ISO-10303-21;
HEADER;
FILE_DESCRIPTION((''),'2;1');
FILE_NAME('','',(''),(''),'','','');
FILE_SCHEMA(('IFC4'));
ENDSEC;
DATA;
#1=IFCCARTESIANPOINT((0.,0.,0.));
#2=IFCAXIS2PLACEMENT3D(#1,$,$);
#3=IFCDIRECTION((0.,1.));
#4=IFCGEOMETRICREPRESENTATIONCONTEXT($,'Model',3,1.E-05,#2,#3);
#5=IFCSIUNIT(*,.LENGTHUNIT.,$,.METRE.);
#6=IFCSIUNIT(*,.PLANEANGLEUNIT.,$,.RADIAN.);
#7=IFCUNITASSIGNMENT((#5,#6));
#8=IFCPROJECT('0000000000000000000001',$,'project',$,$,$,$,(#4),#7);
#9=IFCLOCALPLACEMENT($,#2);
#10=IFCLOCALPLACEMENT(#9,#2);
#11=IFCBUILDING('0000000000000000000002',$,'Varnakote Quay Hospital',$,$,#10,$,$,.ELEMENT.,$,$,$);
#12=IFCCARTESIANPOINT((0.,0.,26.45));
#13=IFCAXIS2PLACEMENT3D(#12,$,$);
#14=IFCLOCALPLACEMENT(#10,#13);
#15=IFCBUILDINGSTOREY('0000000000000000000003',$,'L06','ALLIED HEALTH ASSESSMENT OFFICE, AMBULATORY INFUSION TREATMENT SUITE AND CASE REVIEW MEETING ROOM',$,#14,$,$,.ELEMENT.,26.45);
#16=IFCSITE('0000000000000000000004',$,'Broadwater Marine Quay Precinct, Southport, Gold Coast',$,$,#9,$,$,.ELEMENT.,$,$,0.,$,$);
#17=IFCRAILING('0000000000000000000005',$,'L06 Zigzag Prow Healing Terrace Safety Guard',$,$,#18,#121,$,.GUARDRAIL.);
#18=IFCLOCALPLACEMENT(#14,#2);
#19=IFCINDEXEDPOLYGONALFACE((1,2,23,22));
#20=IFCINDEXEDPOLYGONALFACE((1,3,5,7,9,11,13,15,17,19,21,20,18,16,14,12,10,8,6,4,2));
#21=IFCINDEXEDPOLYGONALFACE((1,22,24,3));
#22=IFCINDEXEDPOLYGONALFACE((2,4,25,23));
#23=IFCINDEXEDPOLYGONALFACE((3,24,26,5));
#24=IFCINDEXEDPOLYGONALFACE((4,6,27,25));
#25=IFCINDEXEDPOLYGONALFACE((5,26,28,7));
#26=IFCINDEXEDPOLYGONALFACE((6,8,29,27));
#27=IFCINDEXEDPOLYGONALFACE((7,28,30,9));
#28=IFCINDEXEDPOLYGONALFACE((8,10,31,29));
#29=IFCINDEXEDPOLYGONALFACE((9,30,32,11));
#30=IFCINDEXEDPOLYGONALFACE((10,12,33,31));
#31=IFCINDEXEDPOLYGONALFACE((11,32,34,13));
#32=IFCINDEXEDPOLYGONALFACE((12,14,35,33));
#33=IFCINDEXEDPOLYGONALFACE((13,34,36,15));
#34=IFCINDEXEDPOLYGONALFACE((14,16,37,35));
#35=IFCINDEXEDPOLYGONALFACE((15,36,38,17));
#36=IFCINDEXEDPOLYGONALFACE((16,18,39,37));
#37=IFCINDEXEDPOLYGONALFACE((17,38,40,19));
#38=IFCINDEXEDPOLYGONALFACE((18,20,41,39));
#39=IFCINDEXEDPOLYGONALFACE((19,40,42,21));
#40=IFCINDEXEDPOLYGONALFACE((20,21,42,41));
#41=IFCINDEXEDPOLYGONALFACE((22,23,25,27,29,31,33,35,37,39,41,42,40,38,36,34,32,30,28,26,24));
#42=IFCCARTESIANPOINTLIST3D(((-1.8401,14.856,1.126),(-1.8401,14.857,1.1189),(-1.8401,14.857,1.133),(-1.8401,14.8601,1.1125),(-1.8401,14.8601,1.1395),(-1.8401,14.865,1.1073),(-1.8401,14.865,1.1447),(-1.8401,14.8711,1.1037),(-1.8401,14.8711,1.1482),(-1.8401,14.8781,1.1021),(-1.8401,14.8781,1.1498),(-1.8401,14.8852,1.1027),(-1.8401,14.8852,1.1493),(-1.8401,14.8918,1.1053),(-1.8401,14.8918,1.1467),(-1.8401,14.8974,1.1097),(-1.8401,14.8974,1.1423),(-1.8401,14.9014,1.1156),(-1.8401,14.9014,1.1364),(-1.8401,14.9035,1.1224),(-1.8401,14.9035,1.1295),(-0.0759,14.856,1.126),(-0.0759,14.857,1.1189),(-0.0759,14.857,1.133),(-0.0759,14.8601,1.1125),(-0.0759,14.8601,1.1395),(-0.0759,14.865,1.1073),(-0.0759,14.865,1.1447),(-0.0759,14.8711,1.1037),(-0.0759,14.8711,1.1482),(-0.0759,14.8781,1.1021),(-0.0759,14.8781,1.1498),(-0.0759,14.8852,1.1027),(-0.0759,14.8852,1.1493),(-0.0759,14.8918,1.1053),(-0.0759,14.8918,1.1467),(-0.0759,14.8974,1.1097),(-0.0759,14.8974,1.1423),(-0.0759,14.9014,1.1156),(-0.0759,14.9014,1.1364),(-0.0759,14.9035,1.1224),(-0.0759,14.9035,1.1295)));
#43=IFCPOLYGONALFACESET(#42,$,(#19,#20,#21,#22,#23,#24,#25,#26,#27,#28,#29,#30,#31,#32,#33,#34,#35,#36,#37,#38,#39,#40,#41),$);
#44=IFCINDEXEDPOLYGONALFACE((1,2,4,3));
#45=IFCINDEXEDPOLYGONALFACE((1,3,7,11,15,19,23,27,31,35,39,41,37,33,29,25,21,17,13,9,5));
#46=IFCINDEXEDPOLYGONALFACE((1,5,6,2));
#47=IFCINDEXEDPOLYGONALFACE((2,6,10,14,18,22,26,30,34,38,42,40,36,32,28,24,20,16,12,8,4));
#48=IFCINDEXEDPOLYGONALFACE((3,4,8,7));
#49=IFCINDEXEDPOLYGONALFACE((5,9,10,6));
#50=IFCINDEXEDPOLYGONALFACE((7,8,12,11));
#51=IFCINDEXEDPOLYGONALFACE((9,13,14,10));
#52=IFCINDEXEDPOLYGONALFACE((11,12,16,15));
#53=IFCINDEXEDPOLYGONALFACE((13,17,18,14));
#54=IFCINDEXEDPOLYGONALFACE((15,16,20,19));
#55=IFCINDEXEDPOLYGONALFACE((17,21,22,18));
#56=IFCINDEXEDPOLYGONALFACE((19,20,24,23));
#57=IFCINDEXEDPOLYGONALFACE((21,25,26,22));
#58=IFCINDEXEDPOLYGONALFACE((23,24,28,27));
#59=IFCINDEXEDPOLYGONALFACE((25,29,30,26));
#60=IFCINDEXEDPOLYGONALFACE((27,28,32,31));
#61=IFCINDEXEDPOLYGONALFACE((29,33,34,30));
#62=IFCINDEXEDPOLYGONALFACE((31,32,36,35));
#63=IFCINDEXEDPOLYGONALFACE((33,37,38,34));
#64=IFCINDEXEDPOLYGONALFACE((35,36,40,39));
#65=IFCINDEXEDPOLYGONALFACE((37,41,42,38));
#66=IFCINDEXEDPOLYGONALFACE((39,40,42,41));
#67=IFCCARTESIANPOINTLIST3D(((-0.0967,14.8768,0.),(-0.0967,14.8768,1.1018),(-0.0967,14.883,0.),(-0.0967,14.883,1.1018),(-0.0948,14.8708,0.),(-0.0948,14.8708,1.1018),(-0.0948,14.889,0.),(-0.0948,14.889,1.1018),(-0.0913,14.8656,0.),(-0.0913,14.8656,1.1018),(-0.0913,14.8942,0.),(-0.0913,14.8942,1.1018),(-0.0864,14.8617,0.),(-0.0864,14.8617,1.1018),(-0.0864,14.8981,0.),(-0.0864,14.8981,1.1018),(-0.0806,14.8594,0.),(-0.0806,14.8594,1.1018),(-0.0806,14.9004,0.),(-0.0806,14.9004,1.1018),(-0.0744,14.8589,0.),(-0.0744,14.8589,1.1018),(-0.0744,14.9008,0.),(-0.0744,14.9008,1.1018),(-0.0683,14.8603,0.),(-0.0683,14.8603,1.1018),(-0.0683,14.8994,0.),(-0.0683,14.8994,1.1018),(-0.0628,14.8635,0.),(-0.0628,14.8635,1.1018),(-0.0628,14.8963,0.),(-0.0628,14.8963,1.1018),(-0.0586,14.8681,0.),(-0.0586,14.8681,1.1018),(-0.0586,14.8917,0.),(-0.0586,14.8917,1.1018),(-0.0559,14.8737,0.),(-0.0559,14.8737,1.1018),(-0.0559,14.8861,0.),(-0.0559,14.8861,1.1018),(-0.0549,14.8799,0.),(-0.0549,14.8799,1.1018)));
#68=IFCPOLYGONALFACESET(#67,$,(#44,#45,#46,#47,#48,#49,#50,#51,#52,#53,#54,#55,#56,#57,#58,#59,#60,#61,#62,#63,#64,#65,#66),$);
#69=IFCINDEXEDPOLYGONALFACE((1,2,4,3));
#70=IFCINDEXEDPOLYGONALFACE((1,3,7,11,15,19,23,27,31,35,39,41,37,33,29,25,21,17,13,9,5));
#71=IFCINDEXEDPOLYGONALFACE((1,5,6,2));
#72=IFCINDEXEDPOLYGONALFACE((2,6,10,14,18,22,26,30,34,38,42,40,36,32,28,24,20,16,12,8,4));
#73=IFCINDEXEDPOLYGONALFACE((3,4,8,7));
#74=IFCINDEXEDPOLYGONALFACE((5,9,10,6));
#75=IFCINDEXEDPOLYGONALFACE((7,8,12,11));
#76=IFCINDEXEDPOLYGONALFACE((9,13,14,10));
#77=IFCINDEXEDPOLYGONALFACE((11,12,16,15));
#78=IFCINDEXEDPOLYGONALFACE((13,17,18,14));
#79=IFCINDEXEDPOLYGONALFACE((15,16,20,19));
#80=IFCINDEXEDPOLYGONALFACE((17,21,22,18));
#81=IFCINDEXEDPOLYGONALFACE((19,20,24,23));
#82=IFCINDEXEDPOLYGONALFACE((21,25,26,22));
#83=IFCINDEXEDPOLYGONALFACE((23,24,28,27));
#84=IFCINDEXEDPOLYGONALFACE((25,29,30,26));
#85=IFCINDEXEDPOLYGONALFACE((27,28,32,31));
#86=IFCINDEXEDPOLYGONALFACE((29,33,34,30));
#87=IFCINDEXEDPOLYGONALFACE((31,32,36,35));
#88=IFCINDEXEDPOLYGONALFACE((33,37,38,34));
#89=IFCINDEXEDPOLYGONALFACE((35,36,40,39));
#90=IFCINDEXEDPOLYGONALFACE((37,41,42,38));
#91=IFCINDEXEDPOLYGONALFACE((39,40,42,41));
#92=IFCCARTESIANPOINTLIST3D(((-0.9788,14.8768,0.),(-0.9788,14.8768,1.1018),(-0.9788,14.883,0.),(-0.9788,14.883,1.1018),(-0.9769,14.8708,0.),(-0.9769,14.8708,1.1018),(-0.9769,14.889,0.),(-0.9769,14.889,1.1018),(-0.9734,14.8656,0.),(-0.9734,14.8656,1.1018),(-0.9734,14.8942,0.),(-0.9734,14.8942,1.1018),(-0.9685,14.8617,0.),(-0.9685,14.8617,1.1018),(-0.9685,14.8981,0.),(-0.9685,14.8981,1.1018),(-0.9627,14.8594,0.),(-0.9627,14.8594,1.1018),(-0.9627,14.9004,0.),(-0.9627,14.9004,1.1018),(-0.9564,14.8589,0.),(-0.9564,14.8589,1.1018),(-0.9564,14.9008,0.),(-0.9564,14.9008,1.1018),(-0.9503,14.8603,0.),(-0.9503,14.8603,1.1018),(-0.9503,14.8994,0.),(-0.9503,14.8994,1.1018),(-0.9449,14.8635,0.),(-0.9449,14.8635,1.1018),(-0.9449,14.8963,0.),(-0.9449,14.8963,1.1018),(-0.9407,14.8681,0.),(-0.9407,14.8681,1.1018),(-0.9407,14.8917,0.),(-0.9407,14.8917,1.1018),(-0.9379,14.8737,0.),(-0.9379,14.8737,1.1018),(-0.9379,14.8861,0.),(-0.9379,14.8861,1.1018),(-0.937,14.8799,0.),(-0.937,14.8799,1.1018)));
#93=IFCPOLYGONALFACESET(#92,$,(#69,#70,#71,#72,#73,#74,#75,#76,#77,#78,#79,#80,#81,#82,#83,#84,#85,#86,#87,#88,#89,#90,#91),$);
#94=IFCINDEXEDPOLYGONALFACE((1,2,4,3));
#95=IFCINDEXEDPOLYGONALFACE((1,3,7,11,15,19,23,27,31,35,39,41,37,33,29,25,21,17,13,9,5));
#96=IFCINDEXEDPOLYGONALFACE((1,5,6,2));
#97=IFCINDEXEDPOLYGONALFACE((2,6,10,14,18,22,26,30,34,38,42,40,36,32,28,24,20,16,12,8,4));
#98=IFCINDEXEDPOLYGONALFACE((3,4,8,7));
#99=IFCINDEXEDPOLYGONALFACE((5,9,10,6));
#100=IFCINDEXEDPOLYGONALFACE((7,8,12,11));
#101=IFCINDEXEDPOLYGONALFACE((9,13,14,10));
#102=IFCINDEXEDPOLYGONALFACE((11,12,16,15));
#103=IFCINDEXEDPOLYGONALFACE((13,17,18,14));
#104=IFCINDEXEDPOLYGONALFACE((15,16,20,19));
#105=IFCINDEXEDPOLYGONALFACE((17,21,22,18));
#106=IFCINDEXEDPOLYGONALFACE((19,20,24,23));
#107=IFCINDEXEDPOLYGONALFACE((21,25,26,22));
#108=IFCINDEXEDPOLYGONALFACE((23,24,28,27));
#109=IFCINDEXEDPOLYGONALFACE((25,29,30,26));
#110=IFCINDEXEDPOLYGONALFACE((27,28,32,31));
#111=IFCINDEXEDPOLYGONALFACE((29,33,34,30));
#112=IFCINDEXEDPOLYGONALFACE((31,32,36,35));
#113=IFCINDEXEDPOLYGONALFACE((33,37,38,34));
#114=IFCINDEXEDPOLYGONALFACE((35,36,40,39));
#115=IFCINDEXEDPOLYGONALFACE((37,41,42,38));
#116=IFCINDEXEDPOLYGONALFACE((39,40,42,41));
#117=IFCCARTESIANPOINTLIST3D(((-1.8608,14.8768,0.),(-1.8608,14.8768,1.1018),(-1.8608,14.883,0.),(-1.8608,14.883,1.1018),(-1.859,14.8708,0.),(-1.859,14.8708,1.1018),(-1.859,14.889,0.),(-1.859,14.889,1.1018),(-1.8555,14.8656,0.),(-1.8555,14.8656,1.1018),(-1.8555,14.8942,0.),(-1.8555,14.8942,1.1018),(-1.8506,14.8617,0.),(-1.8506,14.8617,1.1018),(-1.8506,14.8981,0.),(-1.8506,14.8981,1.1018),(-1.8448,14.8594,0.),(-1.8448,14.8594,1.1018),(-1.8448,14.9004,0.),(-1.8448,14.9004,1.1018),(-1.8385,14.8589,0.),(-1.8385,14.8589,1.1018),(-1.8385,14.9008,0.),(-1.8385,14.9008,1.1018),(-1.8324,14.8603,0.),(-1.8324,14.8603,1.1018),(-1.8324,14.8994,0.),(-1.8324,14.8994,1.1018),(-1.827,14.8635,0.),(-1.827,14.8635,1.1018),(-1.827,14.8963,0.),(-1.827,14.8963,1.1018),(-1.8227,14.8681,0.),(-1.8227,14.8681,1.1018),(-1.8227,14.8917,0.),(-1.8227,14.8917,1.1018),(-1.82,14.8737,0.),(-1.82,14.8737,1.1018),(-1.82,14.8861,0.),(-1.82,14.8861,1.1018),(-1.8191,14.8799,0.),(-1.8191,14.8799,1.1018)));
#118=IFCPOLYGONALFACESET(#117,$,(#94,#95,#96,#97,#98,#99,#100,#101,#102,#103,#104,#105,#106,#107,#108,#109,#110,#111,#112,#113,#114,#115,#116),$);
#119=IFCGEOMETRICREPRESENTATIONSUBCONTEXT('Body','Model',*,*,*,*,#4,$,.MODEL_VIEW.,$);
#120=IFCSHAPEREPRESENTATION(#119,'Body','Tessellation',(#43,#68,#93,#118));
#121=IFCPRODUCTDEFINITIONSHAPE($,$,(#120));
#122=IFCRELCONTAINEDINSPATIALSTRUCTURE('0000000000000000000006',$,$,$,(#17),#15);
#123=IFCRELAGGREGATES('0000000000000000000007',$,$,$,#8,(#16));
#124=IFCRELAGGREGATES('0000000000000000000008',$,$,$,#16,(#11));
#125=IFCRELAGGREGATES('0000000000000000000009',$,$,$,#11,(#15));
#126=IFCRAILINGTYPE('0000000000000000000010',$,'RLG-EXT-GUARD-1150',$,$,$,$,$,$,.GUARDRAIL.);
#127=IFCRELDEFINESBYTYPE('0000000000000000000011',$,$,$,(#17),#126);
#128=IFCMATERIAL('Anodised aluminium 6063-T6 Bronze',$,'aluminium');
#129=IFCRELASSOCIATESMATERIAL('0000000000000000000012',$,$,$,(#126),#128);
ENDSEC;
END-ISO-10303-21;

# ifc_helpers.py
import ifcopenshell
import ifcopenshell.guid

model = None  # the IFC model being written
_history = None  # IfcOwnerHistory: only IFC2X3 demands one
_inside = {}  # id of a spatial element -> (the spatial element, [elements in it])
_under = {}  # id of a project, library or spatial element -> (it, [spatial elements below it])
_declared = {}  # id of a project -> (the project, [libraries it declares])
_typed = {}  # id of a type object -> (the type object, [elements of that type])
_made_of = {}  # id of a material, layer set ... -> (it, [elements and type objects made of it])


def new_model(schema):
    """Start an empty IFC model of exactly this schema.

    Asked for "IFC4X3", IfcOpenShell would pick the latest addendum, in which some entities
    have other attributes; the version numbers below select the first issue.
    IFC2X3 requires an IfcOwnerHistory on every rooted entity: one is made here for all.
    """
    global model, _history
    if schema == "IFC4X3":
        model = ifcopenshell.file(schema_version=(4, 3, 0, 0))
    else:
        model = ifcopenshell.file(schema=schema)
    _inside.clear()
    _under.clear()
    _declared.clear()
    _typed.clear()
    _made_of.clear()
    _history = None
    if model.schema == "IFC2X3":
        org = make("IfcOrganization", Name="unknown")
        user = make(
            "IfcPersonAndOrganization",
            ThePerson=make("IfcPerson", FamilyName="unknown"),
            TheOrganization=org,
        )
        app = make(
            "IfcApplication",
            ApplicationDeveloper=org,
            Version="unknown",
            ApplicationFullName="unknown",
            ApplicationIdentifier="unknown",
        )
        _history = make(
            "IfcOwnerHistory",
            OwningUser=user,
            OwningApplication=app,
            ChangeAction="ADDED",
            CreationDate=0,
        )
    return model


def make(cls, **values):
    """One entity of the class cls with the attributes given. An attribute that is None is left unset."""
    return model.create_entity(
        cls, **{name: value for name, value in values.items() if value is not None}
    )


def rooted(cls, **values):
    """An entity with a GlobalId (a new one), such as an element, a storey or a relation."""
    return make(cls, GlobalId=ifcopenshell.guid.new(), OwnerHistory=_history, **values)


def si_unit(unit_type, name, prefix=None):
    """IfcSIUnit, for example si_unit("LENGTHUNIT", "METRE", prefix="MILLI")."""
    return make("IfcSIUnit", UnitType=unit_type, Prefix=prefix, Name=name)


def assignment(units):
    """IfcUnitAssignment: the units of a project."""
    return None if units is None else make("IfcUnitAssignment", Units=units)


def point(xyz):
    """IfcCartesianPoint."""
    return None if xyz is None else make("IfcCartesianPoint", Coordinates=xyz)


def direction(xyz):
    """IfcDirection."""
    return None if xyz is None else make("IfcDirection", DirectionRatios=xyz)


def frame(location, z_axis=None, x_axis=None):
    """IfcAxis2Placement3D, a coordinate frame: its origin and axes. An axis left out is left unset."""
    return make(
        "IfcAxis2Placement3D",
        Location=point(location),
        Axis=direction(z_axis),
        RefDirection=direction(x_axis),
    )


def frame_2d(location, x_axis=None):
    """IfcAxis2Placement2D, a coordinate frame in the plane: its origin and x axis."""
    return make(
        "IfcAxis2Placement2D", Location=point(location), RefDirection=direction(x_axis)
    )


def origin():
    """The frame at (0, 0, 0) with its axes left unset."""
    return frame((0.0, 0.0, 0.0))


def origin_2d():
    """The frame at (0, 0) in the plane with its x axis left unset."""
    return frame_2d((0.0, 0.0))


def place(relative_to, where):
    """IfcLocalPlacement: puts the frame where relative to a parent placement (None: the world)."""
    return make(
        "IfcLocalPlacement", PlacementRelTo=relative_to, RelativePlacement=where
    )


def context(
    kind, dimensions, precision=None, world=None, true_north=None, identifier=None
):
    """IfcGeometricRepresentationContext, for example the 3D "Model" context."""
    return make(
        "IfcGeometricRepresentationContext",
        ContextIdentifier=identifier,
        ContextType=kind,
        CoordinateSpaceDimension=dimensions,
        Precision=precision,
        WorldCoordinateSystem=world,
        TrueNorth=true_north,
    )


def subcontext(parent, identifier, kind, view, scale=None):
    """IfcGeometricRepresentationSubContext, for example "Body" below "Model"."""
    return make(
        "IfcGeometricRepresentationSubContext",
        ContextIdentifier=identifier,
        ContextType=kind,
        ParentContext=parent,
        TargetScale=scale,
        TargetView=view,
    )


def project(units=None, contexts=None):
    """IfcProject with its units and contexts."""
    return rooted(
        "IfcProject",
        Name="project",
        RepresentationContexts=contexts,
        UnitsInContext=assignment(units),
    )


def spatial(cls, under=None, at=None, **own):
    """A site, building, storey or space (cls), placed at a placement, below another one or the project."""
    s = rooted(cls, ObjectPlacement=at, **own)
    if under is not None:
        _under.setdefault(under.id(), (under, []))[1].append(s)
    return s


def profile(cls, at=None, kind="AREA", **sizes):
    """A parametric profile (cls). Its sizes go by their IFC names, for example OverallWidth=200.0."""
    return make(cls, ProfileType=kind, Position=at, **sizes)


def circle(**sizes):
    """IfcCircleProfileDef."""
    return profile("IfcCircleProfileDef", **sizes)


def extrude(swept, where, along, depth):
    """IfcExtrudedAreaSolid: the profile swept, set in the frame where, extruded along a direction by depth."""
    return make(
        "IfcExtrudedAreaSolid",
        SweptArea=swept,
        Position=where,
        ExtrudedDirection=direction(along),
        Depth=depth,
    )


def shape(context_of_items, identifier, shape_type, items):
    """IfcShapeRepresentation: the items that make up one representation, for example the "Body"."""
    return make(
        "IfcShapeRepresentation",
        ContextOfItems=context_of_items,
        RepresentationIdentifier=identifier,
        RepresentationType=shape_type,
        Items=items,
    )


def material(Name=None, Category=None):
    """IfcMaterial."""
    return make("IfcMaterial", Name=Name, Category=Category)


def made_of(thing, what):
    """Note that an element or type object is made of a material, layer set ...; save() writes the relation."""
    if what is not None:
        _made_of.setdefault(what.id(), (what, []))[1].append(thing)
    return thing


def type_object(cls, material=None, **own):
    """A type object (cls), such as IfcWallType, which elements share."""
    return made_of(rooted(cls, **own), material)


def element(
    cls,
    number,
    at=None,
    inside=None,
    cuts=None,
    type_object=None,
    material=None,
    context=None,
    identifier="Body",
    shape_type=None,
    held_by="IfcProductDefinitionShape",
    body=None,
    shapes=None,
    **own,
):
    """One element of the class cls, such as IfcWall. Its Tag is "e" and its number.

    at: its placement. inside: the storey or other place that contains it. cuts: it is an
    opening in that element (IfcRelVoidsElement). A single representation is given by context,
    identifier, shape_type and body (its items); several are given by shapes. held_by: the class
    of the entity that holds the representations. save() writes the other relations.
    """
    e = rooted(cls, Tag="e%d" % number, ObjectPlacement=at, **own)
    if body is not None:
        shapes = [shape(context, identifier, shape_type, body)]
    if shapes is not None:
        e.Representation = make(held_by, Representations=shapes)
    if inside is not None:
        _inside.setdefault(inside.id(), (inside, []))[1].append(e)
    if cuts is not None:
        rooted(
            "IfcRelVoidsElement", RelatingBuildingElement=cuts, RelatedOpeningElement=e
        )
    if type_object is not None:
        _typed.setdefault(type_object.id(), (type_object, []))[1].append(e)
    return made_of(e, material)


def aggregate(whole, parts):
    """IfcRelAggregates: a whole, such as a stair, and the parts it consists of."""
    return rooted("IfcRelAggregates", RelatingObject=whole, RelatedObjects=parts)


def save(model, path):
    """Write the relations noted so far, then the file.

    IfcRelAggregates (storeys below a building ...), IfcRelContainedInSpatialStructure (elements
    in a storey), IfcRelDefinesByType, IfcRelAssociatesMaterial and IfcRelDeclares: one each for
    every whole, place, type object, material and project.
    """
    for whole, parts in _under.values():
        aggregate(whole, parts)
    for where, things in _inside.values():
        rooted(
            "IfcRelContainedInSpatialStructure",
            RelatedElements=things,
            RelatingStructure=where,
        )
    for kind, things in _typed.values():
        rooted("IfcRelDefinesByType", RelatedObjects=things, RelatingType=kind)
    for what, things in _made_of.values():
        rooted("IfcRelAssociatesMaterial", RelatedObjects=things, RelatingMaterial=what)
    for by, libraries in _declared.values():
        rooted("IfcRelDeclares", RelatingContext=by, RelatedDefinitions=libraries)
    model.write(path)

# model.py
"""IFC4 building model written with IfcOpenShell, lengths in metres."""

from ifc_helpers import new_model, si_unit, direction, frame, origin, origin_2d, place, context, subcontext, project, spatial, circle, extrude, material, type_object, element, save


model = new_model("IFC4")

# Units and contexts
model_context = context("Model", 3, precision=1e-05, world=origin(), true_north=direction((0.0, 1.0)))
body_context = subcontext(model_context, "Body", "Model", "MODEL_VIEW")
ifc_project = project(units=[si_unit("LENGTHUNIT", "METRE"), si_unit("PLANEANGLEUNIT", "RADIAN")], contexts=[model_context])

# Site, building, storey
site_placement = place(None, origin())
site = spatial("IfcSite", under=ifc_project, at=site_placement, Name="Broadwater Marine Quay Precinct, Southport, Gold Coast", CompositionType="ELEMENT", RefElevation=0.0)
building_placement = place(site_placement, origin())
building = spatial("IfcBuilding", under=site, at=building_placement, Name="Varnakote Quay Hospital", CompositionType="ELEMENT")
storey_placement = place(building_placement, frame((0.0, 0.0, 26.45)))
storey = spatial("IfcBuildingStorey", under=building, at=storey_placement, Name="L06", Description="ALLIED HEALTH ASSESSMENT OFFICE, AMBULATORY INFUSION TREATMENT SUITE AND CASE REVIEW MEETING ROOM", CompositionType="ELEMENT", Elevation=26.45)

# Railing
ifc_material_1 = material(Name="Anodised aluminium 6063-T6 Bronze", Category="aluminium")
railing_type = type_object("IfcRailingType", Name="RLG-EXT-GUARD-1150", PredefinedType="GUARDRAIL", material=ifc_material_1)
railing_1_placement = place(storey_placement, frame((-0.0759, 14.8799, 0.0)))
element("IfcRailing", 1, at=railing_1_placement, inside=storey, type_object=railing_type, Name="L06 Zigzag Prow Healing Terrace Safety Guard", PredefinedType="GUARDRAIL", context=body_context, shape_type="SweptSolid", body=[
    extrude(circle(Radius=0.0239, at=origin_2d()), frame((0.0, 0.0, 1.126), z_axis=(-1.0, 0.0, 0.0), x_axis=(0.0, -1.0, 0.0)), (0.0, 0.0, 1.0), 1.7642),
    extrude(circle(Radius=0.021, at=origin_2d()), origin(), (0.0, 0.0, 1.0), 1.1018),
    extrude(circle(Radius=0.021, at=origin_2d()), frame((-0.8821, 0.0, 0.0)), (0.0, 0.0, 1.0), 1.1018),
    extrude(circle(Radius=0.021, at=origin_2d()), frame((-1.7642, 0.0, 0.0)), (0.0, 0.0, 1.0), 1.1018),
])

save(model, "model.ifc")
